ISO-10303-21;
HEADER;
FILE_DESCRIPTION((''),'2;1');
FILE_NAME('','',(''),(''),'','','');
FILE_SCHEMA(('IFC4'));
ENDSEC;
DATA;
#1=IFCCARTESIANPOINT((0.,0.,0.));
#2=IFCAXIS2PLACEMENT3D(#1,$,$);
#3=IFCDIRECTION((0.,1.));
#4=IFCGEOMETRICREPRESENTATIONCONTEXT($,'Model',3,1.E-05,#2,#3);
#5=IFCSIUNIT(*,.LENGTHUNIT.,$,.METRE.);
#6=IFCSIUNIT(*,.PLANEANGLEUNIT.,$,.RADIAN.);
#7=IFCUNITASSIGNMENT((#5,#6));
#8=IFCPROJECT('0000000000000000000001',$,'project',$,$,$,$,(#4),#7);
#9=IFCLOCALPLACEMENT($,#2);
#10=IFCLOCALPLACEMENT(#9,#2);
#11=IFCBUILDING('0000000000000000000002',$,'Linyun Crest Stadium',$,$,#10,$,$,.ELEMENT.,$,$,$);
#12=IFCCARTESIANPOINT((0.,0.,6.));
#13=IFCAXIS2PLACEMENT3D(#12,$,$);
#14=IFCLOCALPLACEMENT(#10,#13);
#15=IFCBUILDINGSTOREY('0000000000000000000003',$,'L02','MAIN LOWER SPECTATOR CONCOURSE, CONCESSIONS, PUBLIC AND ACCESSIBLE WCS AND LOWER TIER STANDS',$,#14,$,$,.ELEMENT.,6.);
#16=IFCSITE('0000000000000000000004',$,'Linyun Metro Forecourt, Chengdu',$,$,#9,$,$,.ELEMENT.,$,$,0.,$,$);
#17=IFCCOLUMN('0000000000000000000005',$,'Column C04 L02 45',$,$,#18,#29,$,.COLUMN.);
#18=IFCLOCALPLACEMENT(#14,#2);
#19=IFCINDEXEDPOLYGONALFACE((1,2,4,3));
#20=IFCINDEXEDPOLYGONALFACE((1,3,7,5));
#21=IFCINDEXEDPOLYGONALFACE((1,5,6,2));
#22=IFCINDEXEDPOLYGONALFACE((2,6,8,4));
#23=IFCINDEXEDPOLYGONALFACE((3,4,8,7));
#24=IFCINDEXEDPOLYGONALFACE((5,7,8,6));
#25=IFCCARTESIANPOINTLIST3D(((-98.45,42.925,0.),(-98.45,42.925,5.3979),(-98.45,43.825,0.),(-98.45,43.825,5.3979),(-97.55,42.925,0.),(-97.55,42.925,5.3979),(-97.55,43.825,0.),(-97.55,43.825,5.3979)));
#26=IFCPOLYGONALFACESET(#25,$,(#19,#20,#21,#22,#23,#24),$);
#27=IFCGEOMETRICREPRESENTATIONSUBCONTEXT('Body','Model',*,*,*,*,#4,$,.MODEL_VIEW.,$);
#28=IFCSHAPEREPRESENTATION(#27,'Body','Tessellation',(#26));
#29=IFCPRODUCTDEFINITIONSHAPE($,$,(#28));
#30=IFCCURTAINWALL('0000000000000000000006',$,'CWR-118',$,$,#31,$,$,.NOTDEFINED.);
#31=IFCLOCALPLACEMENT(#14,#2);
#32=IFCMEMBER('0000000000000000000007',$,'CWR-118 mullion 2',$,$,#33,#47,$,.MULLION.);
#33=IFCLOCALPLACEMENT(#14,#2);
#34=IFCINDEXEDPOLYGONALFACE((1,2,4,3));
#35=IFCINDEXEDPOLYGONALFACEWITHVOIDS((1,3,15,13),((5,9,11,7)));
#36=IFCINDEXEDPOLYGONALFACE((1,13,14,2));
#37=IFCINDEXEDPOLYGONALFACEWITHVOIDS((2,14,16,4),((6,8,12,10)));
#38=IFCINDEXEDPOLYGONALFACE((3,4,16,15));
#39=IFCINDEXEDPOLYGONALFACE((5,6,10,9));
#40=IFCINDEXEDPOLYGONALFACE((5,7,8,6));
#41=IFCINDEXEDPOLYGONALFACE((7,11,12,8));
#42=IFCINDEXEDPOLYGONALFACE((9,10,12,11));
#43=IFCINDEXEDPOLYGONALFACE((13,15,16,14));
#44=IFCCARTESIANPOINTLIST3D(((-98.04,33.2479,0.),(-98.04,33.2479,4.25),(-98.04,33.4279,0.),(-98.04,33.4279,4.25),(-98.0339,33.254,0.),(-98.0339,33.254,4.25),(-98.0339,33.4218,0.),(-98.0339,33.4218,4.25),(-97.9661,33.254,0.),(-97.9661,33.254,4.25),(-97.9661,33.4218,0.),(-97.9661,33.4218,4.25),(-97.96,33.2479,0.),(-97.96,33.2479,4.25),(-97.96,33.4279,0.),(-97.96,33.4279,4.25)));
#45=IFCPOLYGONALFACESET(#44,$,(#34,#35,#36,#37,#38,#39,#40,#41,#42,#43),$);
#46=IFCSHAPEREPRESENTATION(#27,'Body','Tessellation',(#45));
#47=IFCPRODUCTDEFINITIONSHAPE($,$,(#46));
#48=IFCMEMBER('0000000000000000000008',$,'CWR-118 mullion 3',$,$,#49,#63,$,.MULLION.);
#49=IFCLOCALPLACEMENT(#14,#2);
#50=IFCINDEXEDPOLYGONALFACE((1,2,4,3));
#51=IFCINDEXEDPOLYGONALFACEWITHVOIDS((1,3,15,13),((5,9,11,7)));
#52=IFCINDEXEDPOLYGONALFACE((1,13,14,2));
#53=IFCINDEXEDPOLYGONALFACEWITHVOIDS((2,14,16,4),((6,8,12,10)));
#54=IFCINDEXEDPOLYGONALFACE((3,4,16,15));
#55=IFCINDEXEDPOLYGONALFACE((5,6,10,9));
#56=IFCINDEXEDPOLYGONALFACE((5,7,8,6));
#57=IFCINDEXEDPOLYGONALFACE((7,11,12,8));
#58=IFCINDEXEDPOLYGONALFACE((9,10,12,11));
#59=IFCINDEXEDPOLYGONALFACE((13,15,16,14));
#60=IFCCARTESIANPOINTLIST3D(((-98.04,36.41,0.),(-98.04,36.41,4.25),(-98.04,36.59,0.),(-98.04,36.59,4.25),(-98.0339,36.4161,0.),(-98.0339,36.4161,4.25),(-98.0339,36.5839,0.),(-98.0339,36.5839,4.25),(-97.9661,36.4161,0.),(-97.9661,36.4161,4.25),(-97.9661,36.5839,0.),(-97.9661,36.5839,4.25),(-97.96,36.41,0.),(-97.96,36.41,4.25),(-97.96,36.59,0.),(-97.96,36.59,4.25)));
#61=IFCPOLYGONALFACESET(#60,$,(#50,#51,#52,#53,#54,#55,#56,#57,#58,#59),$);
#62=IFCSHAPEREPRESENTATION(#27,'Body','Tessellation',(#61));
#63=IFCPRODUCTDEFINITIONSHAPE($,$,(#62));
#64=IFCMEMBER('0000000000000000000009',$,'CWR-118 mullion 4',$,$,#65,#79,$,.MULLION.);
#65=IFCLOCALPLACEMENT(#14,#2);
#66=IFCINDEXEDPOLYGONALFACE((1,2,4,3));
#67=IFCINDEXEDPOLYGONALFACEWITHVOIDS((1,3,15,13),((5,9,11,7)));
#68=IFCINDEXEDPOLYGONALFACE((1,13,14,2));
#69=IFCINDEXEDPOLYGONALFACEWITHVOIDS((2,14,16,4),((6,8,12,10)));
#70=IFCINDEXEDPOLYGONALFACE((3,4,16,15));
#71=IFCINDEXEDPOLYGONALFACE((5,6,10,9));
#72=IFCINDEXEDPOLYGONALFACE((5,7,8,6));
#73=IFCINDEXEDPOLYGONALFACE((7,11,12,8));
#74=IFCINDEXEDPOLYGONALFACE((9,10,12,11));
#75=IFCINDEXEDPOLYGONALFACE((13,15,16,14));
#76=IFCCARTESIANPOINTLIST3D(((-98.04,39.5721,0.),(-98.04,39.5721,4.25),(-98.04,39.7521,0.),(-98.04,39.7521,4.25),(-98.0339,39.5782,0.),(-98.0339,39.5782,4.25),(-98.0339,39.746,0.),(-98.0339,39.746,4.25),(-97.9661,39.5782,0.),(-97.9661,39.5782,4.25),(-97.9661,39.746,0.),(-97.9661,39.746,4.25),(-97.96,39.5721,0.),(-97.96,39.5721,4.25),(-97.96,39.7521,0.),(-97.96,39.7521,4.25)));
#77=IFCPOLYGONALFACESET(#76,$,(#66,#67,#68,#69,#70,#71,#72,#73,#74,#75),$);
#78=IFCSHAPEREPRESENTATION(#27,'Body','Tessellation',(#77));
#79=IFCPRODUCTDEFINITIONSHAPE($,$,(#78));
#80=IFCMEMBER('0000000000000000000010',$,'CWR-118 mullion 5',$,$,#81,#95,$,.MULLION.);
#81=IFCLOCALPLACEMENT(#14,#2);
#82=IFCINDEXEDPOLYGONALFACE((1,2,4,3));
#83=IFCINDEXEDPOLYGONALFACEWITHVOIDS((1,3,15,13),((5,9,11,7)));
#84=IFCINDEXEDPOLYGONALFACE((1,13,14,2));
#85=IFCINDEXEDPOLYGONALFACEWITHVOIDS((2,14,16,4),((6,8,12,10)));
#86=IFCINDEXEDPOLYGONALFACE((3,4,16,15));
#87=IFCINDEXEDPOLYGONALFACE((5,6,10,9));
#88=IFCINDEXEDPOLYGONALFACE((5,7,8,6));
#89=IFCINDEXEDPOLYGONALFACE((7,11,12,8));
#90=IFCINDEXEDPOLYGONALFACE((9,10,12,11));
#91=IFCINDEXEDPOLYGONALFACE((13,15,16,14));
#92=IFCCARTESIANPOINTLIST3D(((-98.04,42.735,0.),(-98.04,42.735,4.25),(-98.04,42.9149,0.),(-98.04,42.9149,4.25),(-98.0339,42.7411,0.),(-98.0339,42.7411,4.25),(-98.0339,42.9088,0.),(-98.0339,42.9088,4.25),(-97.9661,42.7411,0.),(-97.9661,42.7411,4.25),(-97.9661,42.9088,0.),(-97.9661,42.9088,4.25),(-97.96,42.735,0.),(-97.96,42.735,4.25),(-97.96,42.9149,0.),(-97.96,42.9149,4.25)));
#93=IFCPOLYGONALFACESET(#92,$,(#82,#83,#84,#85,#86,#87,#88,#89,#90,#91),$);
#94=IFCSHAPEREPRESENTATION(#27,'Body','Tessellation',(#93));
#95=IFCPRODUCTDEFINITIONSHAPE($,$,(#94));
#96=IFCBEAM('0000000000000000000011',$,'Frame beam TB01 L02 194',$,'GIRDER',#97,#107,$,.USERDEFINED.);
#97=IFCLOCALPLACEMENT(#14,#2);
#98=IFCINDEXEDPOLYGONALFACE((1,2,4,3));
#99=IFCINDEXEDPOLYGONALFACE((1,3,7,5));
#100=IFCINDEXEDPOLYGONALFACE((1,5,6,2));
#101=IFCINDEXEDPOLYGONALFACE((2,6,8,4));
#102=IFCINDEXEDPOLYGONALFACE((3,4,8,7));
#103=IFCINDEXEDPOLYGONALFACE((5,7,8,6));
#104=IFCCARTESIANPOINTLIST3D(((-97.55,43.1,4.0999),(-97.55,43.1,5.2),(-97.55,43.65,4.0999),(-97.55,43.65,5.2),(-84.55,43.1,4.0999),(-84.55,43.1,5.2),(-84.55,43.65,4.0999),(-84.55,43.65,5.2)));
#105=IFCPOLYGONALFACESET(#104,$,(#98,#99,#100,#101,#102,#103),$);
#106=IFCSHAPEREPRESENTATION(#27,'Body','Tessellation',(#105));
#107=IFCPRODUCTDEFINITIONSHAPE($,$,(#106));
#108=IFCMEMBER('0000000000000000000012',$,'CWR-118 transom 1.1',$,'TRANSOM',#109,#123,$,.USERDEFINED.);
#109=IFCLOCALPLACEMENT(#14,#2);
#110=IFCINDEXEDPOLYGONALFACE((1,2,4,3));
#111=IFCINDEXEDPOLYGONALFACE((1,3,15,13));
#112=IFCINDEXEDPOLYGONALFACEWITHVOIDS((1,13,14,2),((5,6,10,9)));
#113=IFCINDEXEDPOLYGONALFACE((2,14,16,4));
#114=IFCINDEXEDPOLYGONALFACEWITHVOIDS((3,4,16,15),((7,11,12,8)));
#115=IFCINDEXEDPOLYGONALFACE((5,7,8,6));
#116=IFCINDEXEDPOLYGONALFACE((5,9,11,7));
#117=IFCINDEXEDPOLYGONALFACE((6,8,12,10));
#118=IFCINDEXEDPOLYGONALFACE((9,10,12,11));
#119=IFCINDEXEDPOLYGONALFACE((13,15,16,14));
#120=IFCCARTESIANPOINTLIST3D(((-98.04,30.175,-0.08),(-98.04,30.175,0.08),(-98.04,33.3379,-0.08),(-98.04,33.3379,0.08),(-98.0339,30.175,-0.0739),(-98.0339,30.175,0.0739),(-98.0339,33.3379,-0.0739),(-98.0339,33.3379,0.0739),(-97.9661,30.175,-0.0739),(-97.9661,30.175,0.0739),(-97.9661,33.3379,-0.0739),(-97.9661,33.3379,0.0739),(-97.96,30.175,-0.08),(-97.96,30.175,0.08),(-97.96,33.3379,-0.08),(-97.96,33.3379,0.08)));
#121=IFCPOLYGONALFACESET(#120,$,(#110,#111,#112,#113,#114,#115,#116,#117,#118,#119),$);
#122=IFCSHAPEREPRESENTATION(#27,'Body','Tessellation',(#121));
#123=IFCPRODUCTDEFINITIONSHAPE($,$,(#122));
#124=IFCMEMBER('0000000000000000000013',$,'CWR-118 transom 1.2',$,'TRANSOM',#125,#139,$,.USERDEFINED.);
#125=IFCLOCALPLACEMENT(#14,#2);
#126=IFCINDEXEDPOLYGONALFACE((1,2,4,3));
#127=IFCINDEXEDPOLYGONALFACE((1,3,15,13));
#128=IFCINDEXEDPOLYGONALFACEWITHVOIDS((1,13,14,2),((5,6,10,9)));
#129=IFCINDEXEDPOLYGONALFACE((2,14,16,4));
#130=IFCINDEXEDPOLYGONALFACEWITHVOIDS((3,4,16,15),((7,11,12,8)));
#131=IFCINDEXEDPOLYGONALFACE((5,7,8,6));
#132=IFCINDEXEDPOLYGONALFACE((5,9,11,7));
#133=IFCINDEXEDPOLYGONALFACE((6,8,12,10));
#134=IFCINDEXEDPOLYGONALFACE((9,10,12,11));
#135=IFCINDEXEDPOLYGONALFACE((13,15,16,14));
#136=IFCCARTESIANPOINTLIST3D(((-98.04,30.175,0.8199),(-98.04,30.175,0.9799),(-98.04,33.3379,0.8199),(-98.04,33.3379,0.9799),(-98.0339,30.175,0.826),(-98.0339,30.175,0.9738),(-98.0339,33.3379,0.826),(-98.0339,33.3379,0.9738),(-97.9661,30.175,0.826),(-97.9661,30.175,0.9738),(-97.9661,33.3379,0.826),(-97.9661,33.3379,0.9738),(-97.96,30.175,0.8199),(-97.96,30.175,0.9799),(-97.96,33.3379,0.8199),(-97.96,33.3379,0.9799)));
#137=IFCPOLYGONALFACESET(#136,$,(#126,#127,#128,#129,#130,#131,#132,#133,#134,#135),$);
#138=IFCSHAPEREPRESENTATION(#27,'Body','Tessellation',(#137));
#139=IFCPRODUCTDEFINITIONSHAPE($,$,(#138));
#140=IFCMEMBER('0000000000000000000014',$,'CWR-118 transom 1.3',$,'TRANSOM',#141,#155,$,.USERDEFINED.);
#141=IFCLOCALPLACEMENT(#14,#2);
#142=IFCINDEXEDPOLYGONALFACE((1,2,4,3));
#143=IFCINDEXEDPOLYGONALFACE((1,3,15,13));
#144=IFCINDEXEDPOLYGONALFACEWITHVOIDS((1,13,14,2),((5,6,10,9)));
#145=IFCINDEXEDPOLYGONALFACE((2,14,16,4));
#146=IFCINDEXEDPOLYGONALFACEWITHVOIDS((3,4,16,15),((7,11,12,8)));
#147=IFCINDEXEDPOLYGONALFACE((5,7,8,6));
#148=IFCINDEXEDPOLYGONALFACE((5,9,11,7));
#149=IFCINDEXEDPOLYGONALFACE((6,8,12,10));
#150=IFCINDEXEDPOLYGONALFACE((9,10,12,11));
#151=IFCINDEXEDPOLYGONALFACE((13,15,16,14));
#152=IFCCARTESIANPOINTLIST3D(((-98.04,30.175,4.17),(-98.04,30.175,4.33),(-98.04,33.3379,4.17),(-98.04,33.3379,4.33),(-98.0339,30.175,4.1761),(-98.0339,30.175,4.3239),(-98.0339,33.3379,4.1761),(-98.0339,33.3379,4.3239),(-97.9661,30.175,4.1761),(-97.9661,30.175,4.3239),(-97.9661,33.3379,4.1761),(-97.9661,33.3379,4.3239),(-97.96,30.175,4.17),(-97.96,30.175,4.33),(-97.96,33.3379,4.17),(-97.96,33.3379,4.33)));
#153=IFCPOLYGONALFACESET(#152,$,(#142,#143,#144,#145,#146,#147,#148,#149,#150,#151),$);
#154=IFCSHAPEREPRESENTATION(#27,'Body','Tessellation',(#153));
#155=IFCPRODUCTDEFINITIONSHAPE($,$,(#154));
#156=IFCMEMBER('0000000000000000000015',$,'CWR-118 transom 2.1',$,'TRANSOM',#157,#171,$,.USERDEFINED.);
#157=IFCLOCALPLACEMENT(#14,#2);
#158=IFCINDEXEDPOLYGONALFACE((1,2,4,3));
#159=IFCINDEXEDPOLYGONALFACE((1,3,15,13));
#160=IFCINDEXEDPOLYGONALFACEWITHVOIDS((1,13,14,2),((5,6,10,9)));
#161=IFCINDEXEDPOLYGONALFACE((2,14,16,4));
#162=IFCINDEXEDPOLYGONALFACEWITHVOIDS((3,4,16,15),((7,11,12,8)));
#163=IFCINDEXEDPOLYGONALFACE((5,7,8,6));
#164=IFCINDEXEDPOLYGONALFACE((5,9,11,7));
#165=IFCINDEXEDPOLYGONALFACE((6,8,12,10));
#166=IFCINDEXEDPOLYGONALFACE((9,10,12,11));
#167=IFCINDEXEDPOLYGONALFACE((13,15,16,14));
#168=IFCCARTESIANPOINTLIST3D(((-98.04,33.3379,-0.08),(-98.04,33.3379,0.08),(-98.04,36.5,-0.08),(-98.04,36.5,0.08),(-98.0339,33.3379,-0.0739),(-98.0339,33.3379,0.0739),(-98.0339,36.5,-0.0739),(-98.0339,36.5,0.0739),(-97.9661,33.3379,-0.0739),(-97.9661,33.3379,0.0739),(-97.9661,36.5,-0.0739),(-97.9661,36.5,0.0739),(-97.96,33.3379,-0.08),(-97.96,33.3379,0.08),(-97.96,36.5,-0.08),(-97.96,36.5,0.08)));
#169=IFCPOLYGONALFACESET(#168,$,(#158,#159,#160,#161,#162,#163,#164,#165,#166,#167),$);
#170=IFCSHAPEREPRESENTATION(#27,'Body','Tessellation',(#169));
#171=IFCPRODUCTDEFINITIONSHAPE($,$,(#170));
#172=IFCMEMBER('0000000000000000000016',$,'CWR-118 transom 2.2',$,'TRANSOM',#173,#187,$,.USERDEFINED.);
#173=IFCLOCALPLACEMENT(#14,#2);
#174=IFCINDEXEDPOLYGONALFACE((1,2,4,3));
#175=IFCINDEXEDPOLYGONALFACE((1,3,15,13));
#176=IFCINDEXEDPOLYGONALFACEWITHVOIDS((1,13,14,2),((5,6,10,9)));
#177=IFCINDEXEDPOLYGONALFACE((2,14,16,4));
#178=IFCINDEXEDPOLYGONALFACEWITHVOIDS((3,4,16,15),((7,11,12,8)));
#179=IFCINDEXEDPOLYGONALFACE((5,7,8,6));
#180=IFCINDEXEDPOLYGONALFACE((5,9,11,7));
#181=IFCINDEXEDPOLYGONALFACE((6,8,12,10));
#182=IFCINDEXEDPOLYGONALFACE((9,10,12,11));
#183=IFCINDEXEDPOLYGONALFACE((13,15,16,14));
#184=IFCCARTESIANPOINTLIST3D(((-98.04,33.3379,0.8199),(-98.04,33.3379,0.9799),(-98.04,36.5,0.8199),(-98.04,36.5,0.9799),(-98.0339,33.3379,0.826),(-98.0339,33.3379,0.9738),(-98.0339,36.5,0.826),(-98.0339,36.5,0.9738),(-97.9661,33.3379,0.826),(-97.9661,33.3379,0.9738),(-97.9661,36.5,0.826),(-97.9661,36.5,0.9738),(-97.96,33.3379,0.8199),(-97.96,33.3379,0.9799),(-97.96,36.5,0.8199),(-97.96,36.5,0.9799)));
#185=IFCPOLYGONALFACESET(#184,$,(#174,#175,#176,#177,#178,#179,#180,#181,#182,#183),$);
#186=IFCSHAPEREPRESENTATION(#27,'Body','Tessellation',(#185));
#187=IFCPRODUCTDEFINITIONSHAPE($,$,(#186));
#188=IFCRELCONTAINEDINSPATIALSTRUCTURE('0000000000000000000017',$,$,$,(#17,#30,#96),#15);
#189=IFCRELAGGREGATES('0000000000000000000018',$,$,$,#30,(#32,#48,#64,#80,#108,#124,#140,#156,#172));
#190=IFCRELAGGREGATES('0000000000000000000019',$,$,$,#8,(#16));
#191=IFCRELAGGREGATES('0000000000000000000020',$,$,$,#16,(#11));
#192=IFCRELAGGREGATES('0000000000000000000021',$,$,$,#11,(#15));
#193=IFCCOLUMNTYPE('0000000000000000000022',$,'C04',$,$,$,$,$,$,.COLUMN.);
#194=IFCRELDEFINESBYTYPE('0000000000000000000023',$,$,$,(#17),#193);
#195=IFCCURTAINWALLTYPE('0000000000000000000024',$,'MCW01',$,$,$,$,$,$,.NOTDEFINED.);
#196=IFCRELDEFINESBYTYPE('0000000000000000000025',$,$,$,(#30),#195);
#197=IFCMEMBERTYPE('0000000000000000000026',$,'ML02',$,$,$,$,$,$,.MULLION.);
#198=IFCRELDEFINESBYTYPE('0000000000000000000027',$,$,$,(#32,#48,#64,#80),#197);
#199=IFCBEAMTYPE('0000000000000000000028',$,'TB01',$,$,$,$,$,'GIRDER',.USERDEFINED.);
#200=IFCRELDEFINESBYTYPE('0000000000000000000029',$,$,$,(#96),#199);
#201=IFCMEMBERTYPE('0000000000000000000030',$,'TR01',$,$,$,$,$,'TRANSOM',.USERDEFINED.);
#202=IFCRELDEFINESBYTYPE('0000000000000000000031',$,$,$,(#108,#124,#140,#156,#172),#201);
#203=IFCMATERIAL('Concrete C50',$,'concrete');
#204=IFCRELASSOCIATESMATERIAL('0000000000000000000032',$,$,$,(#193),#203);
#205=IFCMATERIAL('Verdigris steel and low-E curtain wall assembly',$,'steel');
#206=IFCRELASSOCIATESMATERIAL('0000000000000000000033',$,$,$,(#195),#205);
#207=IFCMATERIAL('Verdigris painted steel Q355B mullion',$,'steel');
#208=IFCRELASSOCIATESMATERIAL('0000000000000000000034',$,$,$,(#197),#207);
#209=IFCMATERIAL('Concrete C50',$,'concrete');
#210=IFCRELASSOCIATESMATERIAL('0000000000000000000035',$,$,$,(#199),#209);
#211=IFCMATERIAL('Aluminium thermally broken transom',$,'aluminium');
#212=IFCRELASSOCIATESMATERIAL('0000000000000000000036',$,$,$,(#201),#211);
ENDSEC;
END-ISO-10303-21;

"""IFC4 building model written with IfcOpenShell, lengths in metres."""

from ifc_helpers import new_model, si_unit, direction, frame, origin, origin_2d, place, context, subcontext, project, spatial, rectangle, hollow_rectangle, extrude, material, material_profile, profile_set, type_object, element, aggregate, save


model = new_model("IFC4")

# Units and contexts
model_context = context("Model", 3, precision=1e-05, world=origin(), true_north=direction((0.0, 1.0)))
body_context = subcontext(model_context, "Body", "Model", "MODEL_VIEW")
ifc_project = project(units=[si_unit("LENGTHUNIT", "METRE"), si_unit("PLANEANGLEUNIT", "RADIAN")], contexts=[model_context])

# Site, building, storey
site_placement = place(None, origin())
site = spatial("IfcSite", under=ifc_project, at=site_placement, Name="Linyun Metro Forecourt, Chengdu", CompositionType="ELEMENT", RefElevation=0.0)
building_placement = place(site_placement, origin())
building = spatial("IfcBuilding", under=site, at=building_placement, Name="Linyun Crest Stadium", CompositionType="ELEMENT")
storey_placement = place(building_placement, frame((0.0, 0.0, 6.0)))
storey = spatial("IfcBuildingStorey", under=building, at=storey_placement, Name="L02", Description="MAIN LOWER SPECTATOR CONCOURSE, CONCESSIONS, PUBLIC AND ACCESSIBLE WCS AND LOWER TIER STANDS", CompositionType="ELEMENT", Elevation=6.0)

# Column
ifc_material_1 = material(Name="Concrete C50", Category="concrete")
ifc_material_profile_1 = material_profile(ifc_material_1, rectangle(XDim=0.8999, YDim=0.8999, at=origin_2d()), Name="RC 900x900")
ifc_profile_set_1 = profile_set([ifc_material_profile_1], Name="Concrete C50")
column_type = type_object("IfcColumnType", Name="C04", PredefinedType="COLUMN", material=ifc_profile_set_1)
column_placement = place(storey_placement, frame((-98.0, 43.375, 0.0), z_axis=(0.0, 0.0, 1.0), x_axis=(1.0, 0.0, 0.0)))
element("IfcColumn", 1, at=column_placement, inside=storey, type_object=column_type, Name="Column C04 L02 45", PredefinedType="COLUMN", context=body_context, shape_type="SweptSolid", body=[
    extrude(rectangle(XDim=0.8999, YDim=0.8999, at=origin_2d()), origin(), (0.0, 0.0, 1.0), 5.3979),
])

# Curtain wall, members
ifc_material_2 = material(Name="Verdigris steel and low-E curtain wall assembly", Category="steel")
curtain_wall_type = type_object("IfcCurtainWallType", Name="MCW01", PredefinedType="NOTDEFINED", material=ifc_material_2)
curtain_wall_placement = place(storey_placement, origin())
curtain_wall = element("IfcCurtainWall", 2, at=curtain_wall_placement, inside=storey, type_object=curtain_wall_type, Name="CWR-118", PredefinedType="NOTDEFINED")
ifc_material_3 = material(Name="Verdigris painted steel Q355B mullion", Category="steel")
ifc_material_profile_2 = material_profile(ifc_material_3, hollow_rectangle(XDim=0.0801, YDim=0.1799, WallThickness=0.0061, at=origin_2d()), Name="RHS 180x80x6")
ifc_profile_set_2 = profile_set([ifc_material_profile_2], Name="Verdigris painted steel Q355B mullion")
member_type_1 = type_object("IfcMemberType", Name="ML02", PredefinedType="MULLION", material=ifc_profile_set_2)
member_1_placement = place(storey_placement, frame((-98.0, 33.3379, 0.0), z_axis=(0.0, 0.0, 1.0), x_axis=(-1.0, 0.0, 0.0)))
member_1 = element("IfcMember", 3, at=member_1_placement, type_object=member_type_1, Name="CWR-118 mullion 2", PredefinedType="MULLION", context=body_context, shape_type="SweptSolid", body=[
    extrude(hollow_rectangle(XDim=0.0801, YDim=0.1799, WallThickness=0.0061, at=origin_2d()), origin(), (0.0, 0.0, 1.0), 4.25),
])
member_2_placement = place(storey_placement, frame((-98.0, 36.5, 0.0), z_axis=(0.0, 0.0, 1.0), x_axis=(-1.0, 0.0, 0.0)))
member_2 = element("IfcMember", 4, at=member_2_placement, type_object=member_type_1, Name="CWR-118 mullion 3", PredefinedType="MULLION", context=body_context, shape_type="SweptSolid", body=[
    extrude(hollow_rectangle(XDim=0.0801, YDim=0.1799, WallThickness=0.0061, at=origin_2d()), origin(), (0.0, 0.0, 1.0), 4.25),
])
member_3_placement = place(storey_placement, frame((-98.0, 39.6621, 0.0), z_axis=(0.0, 0.0, 1.0), x_axis=(-1.0, 0.0, 0.0)))
member_3 = element("IfcMember", 5, at=member_3_placement, type_object=member_type_1, Name="CWR-118 mullion 4", PredefinedType="MULLION", context=body_context, shape_type="SweptSolid", body=[
    extrude(hollow_rectangle(XDim=0.0801, YDim=0.1799, WallThickness=0.0061, at=origin_2d()), origin(), (0.0, 0.0, 1.0), 4.25),
])
member_4_placement = place(storey_placement, frame((-98.0, 42.825, 0.0), z_axis=(0.0, 0.0, 1.0), x_axis=(-1.0, 0.0, 0.0)))
member_4 = element("IfcMember", 6, at=member_4_placement, type_object=member_type_1, Name="CWR-118 mullion 5", PredefinedType="MULLION", context=body_context, shape_type="SweptSolid", body=[
    extrude(hollow_rectangle(XDim=0.0801, YDim=0.1799, WallThickness=0.0061, at=origin_2d()), origin(), (0.0, 0.0, 1.0), 4.25),
])

# Beam
ifc_material_4 = material(Name="Concrete C50", Category="concrete")
ifc_material_profile_3 = material_profile(ifc_material_4, rectangle(XDim=0.55, YDim=1.1001, at=origin_2d()), Name="RCB 1100x550")
ifc_profile_set_3 = profile_set([ifc_material_profile_3], Name="Concrete C50")
beam_type = type_object("IfcBeamType", Name="TB01", ElementType="GIRDER", PredefinedType="USERDEFINED", material=ifc_profile_set_3)
beam_placement = place(storey_placement, frame((-97.55, 43.375, 4.6499), z_axis=(1.0, 0.0, 0.0), x_axis=(0.0, 1.0, 0.0)))
element("IfcBeam", 7, at=beam_placement, inside=storey, type_object=beam_type, Name="Frame beam TB01 L02 194", ObjectType="GIRDER", PredefinedType="USERDEFINED", context=body_context, shape_type="SweptSolid", body=[
    extrude(rectangle(XDim=0.55, YDim=1.1001, at=origin_2d()), origin(), (0.0, 0.0, 1.0), 13.0),
])

# Members
ifc_material_5 = material(Name="Aluminium thermally broken transom", Category="aluminium")
ifc_material_profile_4 = material_profile(ifc_material_5, hollow_rectangle(XDim=0.0801, YDim=0.1599, WallThickness=0.0061, at=origin_2d()), Name="RHS 160x80x6")
ifc_profile_set_4 = profile_set([ifc_material_profile_4], Name="Aluminium thermally broken transom")
member_type_2 = type_object("IfcMemberType", Name="TR01", ElementType="TRANSOM", PredefinedType="USERDEFINED", material=ifc_profile_set_4)
member_5_placement = place(storey_placement, frame((-98.0, 30.175, 0.0), z_axis=(0.0, 1.0, 0.0), x_axis=(-1.0, 0.0, 0.0)))
member_5 = element("IfcMember", 8, at=member_5_placement, type_object=member_type_2, Name="CWR-118 transom 1.1", ObjectType="TRANSOM", PredefinedType="USERDEFINED", context=body_context, shape_type="SweptSolid", body=[
    extrude(hollow_rectangle(XDim=0.0801, YDim=0.1599, WallThickness=0.0061, at=origin_2d()), origin(), (0.0, 0.0, 1.0), 3.1628),
])
member_6_placement = place(storey_placement, frame((-98.0, 30.175, 0.8999), z_axis=(0.0, 1.0, 0.0), x_axis=(-1.0, 0.0, 0.0)))
member_6 = element("IfcMember", 9, at=member_6_placement, type_object=member_type_2, Name="CWR-118 transom 1.2", ObjectType="TRANSOM", PredefinedType="USERDEFINED", context=body_context, shape_type="SweptSolid", body=[
    extrude(hollow_rectangle(XDim=0.0801, YDim=0.1599, WallThickness=0.0061, at=origin_2d()), origin(), (0.0, 0.0, 1.0), 3.1628),
])
member_7_placement = place(storey_placement, frame((-98.0, 30.175, 4.25), z_axis=(0.0, 1.0, 0.0), x_axis=(-1.0, 0.0, 0.0)))
member_7 = element("IfcMember", 10, at=member_7_placement, type_object=member_type_2, Name="CWR-118 transom 1.3", ObjectType="TRANSOM", PredefinedType="USERDEFINED", context=body_context, shape_type="SweptSolid", body=[
    extrude(hollow_rectangle(XDim=0.0801, YDim=0.1599, WallThickness=0.0061, at=origin_2d()), origin(), (0.0, 0.0, 1.0), 3.1628),
])
member_8_placement = place(storey_placement, frame((-98.0, 33.3379, 0.0), z_axis=(0.0, 1.0, 0.0), x_axis=(-1.0, 0.0, 0.0)))
member_8 = element("IfcMember", 11, at=member_8_placement, type_object=member_type_2, Name="CWR-118 transom 2.1", ObjectType="TRANSOM", PredefinedType="USERDEFINED", context=body_context, shape_type="SweptSolid", body=[
    extrude(hollow_rectangle(XDim=0.0801, YDim=0.1599, WallThickness=0.0061, at=origin_2d()), origin(), (0.0, 0.0, 1.0), 3.1621),
])
member_9_placement = place(storey_placement, frame((-98.0, 33.3379, 0.8999), z_axis=(0.0, 1.0, 0.0), x_axis=(-1.0, 0.0, 0.0)))
member_9 = element("IfcMember", 12, at=member_9_placement, type_object=member_type_2, Name="CWR-118 transom 2.2", ObjectType="TRANSOM", PredefinedType="USERDEFINED", context=body_context, shape_type="SweptSolid", body=[
    extrude(hollow_rectangle(XDim=0.0801, YDim=0.1599, WallThickness=0.0061, at=origin_2d()), origin(), (0.0, 0.0, 1.0), 3.1621),
])

aggregate(curtain_wall, [member_1, member_2, member_3, member_4, member_5, member_6, member_7, member_8, member_9])

save(model, "model.ifc")
